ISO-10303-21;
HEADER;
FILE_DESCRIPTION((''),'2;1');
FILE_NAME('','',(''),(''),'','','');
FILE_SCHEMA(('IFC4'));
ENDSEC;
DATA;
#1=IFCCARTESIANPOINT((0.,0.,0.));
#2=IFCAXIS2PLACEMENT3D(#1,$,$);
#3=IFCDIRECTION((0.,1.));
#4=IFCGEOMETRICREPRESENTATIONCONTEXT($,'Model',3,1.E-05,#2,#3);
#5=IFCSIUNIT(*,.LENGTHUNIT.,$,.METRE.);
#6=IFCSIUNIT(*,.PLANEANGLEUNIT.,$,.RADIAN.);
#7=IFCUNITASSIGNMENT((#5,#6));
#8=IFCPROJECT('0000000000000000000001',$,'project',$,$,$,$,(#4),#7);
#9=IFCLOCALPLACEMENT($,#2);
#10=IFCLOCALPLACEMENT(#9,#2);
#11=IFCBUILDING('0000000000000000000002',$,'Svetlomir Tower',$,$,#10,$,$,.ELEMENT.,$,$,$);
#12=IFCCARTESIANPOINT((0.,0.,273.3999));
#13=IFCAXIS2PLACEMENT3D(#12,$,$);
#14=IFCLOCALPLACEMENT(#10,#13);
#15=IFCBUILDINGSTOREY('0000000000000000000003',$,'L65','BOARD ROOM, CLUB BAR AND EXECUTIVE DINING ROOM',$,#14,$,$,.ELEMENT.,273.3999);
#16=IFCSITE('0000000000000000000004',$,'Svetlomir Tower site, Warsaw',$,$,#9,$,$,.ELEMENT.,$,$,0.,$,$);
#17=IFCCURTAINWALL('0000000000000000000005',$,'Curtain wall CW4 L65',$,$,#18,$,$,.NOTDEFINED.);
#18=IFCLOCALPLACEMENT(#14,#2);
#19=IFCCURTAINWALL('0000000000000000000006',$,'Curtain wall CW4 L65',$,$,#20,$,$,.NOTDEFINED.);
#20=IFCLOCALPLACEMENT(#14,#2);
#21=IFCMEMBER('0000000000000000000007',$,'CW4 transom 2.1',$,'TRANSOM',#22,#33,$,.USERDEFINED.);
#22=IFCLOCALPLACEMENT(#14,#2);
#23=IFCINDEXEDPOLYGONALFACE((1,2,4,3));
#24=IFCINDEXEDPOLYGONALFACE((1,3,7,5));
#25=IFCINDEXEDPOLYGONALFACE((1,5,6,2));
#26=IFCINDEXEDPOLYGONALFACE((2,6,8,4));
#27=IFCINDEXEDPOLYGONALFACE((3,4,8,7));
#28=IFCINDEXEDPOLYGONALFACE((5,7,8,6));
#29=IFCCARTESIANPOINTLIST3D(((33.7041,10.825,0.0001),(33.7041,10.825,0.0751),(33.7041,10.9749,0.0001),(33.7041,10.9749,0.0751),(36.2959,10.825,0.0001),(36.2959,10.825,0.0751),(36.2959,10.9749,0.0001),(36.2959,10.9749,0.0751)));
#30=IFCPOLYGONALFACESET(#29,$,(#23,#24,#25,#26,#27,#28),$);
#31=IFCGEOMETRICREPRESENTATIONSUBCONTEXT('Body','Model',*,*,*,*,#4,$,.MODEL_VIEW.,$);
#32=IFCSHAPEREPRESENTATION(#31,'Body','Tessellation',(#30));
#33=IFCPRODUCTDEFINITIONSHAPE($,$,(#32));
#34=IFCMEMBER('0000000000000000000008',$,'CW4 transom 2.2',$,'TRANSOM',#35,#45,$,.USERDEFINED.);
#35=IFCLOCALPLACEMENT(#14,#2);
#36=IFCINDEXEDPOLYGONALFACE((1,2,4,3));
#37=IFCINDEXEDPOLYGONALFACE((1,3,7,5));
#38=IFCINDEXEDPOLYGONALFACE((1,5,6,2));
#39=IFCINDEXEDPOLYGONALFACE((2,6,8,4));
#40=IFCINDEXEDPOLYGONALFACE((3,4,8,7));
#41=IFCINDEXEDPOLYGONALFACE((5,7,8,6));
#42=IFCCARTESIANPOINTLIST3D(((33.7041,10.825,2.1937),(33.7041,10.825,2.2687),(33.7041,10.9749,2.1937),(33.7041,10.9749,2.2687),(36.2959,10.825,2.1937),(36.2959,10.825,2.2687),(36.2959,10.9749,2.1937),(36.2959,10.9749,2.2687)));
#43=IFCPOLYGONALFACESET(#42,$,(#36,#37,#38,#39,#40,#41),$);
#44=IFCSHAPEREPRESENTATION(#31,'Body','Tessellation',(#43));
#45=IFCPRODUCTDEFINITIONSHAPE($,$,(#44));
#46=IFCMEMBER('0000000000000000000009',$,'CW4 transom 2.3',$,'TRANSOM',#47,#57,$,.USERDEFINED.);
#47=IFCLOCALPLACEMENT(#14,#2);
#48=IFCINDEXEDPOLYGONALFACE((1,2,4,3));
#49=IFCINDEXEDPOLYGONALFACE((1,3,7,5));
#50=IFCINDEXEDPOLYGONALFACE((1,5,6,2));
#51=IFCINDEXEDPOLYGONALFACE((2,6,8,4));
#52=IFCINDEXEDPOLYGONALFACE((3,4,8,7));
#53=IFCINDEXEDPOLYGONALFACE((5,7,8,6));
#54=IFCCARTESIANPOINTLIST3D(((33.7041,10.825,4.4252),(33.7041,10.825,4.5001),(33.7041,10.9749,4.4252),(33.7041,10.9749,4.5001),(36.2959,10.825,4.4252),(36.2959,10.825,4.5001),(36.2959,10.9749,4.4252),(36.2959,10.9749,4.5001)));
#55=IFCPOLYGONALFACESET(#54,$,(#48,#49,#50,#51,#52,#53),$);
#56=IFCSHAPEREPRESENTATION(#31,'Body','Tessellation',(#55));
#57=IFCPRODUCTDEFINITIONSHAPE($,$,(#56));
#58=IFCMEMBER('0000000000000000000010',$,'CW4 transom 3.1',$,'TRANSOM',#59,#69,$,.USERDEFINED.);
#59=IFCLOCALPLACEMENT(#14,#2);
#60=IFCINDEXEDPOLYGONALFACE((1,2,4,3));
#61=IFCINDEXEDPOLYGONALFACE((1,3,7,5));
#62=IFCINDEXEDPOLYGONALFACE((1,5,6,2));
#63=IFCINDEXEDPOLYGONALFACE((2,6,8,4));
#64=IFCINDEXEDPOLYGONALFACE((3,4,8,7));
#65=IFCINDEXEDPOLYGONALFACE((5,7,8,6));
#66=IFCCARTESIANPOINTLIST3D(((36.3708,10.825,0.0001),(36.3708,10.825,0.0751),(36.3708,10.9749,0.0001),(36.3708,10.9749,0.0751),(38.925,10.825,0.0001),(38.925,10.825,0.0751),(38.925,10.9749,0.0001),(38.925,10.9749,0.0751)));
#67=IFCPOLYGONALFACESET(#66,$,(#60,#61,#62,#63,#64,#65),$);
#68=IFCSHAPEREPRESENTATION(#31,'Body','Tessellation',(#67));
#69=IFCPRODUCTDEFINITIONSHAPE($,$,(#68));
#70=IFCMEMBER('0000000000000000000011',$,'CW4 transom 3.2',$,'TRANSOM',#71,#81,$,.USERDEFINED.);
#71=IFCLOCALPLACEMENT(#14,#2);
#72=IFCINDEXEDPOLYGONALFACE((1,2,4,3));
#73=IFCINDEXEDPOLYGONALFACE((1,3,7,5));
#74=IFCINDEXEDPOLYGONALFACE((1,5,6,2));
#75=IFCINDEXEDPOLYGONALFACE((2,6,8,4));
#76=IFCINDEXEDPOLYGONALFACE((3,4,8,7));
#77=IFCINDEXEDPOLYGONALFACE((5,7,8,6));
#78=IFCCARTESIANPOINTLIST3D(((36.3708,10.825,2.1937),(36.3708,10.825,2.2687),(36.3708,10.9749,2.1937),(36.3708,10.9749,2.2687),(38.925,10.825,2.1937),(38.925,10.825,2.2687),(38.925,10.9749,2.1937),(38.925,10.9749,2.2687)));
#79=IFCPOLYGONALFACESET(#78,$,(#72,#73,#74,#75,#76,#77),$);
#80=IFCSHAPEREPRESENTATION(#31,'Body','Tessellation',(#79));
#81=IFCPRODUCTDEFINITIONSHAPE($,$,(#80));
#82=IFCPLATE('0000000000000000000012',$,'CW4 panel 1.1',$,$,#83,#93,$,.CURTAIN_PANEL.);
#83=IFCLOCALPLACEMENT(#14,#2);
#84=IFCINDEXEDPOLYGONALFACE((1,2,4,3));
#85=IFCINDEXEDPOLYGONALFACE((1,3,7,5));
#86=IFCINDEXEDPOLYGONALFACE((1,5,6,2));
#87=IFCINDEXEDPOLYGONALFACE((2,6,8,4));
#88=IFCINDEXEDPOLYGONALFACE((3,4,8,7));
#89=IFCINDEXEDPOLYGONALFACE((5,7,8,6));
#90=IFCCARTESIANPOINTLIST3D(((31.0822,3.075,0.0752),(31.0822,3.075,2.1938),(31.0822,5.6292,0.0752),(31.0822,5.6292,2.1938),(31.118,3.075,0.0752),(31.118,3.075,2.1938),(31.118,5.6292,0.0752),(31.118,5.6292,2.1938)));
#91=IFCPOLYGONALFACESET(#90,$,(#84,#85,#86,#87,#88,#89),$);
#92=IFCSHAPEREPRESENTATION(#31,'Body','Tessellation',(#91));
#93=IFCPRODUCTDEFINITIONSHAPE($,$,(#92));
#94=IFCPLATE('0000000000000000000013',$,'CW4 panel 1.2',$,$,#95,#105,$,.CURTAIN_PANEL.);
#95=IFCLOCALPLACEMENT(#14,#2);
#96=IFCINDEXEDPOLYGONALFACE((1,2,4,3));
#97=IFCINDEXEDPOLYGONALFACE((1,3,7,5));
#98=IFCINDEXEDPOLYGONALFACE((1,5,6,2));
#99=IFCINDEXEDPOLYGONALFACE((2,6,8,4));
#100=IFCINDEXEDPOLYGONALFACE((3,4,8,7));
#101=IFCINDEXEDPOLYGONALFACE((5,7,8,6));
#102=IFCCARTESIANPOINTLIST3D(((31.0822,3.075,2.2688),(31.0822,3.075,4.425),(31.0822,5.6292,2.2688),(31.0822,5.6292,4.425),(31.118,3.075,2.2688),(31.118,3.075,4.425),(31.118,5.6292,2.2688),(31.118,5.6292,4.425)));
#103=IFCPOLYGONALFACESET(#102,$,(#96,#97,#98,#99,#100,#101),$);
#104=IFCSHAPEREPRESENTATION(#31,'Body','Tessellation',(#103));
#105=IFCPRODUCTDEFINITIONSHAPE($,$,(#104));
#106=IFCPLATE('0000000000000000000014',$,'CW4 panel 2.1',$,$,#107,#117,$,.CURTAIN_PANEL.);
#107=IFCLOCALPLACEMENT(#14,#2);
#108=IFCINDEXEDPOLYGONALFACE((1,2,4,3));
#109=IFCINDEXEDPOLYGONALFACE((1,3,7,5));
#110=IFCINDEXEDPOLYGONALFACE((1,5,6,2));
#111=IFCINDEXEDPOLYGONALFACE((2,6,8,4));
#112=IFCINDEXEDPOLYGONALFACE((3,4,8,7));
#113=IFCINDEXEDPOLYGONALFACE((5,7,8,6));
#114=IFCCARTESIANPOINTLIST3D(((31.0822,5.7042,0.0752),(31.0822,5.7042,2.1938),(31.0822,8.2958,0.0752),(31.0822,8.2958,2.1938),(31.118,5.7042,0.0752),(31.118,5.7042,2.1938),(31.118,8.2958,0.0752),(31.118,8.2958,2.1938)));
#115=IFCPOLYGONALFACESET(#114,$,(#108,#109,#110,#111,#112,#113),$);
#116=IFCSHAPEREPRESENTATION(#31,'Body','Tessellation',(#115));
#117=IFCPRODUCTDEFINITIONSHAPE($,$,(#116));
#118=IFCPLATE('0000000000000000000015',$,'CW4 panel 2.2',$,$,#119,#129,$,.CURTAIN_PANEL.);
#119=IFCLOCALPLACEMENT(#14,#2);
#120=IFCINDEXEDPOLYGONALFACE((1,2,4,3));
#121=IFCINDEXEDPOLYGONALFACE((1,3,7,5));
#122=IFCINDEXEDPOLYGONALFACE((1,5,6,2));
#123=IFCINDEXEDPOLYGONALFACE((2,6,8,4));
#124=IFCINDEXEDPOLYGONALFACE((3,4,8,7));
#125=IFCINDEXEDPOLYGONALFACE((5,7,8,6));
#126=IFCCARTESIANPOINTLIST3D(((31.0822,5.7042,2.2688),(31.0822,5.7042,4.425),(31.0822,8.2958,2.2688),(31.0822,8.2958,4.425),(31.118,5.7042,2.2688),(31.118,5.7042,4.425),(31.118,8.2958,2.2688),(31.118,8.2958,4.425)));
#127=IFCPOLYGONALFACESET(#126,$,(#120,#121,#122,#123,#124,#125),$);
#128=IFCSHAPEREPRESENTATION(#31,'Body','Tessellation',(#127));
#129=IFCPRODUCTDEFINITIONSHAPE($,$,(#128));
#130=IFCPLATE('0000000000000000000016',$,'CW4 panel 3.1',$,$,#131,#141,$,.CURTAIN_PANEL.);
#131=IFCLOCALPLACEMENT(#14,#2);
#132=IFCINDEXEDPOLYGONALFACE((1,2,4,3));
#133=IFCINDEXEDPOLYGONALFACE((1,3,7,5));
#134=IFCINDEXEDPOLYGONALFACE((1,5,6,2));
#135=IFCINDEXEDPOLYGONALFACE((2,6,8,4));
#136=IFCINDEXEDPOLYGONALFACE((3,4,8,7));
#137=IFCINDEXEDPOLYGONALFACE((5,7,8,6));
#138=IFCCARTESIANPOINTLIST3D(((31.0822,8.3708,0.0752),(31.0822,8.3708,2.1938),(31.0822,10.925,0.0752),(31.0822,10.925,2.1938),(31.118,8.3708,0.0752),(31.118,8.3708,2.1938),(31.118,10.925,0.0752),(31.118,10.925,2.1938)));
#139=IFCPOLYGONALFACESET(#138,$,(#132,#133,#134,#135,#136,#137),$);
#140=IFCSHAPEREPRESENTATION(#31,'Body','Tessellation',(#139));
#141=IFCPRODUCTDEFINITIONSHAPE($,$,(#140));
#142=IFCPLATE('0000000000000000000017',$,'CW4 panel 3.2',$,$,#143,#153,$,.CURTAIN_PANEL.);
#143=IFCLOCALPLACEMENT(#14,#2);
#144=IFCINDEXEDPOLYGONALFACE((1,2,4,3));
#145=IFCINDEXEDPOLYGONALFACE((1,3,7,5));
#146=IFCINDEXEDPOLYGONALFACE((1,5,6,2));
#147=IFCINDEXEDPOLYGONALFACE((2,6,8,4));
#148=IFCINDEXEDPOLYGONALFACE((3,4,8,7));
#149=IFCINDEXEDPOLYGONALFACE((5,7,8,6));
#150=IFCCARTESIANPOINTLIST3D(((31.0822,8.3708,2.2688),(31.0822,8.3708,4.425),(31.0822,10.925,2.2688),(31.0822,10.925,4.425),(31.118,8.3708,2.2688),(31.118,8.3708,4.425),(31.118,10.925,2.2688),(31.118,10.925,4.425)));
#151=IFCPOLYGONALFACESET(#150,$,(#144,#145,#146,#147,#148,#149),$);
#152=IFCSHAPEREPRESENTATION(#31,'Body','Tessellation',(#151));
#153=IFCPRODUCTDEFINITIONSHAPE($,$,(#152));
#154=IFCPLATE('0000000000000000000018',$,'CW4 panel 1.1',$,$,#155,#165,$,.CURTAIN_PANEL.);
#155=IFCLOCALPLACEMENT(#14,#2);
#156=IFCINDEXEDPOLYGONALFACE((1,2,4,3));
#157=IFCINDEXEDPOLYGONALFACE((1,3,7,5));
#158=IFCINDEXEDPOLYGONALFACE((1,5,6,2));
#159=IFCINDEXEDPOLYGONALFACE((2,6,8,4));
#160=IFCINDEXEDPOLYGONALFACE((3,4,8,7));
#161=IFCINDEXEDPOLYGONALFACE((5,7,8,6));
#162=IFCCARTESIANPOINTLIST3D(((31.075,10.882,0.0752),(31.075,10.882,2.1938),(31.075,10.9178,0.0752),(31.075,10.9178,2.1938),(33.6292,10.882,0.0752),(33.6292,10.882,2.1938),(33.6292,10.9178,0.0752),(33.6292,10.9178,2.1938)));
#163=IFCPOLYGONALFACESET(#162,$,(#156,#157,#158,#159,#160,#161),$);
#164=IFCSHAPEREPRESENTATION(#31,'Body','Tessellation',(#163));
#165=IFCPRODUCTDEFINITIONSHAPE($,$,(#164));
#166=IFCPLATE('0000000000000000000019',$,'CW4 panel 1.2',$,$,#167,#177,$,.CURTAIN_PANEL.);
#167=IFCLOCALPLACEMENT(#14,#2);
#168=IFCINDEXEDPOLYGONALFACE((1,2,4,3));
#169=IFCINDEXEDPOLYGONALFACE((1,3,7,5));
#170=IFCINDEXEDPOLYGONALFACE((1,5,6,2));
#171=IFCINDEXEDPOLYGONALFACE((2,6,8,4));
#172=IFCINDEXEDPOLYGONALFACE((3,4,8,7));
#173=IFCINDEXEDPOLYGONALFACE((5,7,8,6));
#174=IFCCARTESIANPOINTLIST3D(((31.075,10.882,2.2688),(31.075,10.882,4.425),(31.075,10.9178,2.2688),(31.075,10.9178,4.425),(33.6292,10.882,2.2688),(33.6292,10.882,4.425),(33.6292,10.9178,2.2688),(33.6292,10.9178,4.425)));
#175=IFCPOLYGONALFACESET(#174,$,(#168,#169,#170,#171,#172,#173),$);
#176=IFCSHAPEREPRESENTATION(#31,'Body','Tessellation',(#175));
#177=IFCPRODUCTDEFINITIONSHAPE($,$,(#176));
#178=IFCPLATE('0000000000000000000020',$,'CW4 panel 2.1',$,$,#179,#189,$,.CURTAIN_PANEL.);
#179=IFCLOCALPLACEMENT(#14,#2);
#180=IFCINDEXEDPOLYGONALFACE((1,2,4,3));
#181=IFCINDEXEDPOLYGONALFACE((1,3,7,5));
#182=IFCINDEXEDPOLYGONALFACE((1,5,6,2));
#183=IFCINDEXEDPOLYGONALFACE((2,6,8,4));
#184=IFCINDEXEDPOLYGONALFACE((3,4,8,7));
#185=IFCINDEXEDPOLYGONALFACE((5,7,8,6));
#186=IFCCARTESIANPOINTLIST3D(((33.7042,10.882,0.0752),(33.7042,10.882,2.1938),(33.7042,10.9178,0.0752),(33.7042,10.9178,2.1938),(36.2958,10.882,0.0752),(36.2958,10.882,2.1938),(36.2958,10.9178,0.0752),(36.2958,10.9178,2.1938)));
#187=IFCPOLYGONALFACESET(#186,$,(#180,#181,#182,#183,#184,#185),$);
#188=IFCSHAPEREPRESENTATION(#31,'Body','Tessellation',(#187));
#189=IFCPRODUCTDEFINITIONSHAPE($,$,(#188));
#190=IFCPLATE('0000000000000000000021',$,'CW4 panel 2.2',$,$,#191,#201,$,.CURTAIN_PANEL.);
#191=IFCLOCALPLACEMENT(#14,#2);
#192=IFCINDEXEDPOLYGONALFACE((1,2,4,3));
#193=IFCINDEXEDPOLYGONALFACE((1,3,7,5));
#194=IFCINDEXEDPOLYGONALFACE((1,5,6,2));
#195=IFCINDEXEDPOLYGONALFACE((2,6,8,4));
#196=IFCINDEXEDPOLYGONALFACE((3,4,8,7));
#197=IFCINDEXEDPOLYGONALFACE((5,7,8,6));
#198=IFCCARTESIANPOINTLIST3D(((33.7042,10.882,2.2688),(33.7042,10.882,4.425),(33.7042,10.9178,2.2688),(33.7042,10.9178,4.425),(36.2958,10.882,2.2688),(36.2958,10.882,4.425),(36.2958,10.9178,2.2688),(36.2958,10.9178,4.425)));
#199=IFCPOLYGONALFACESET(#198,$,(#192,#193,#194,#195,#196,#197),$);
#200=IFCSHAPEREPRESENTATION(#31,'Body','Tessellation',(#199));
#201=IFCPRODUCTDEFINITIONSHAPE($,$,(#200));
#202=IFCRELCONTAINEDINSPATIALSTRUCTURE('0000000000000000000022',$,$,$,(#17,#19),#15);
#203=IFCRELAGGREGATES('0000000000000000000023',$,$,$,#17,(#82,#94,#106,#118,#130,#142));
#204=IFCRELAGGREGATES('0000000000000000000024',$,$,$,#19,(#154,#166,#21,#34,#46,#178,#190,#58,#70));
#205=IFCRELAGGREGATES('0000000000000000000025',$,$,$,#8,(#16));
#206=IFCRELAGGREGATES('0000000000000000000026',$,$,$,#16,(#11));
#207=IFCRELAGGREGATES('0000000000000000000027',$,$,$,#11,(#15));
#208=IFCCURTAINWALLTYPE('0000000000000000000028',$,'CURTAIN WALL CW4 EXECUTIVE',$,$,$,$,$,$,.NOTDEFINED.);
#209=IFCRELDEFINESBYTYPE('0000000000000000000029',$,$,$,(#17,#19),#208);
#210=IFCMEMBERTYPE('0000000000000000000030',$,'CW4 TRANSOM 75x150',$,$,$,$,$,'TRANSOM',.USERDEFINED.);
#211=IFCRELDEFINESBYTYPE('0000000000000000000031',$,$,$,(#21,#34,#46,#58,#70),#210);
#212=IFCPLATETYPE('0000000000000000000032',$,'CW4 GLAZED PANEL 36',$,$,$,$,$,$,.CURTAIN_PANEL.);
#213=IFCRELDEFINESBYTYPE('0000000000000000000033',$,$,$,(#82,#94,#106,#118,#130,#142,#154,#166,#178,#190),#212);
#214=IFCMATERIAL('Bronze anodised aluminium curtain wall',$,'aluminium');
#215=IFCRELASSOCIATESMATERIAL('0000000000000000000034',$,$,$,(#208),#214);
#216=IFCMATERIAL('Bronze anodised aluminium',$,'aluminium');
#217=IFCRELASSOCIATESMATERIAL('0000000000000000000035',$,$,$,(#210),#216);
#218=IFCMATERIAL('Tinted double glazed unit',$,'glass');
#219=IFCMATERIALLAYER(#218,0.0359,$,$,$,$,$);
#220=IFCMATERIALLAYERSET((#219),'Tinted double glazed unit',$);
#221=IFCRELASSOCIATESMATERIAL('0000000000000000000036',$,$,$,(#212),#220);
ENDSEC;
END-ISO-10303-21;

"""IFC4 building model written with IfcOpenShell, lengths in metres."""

from ifc_helpers import new_model, si_unit, direction, frame, origin, origin_2d, place, context, subcontext, project, spatial, rectangle, extrude, material, layer, layer_set, material_profile, profile_set, type_object, element, aggregate, save


model = new_model("IFC4")

# Units and contexts
model_context = context("Model", 3, precision=1e-05, world=origin(), true_north=direction((0.0, 1.0)))
body_context = subcontext(model_context, "Body", "Model", "MODEL_VIEW")
ifc_project = project(units=[si_unit("LENGTHUNIT", "METRE"), si_unit("PLANEANGLEUNIT", "RADIAN")], contexts=[model_context])

# Site, building, storey
site_placement = place(None, origin())
site = spatial("IfcSite", under=ifc_project, at=site_placement, Name="Svetlomir Tower site, Warsaw", CompositionType="ELEMENT", RefElevation=0.0)
building_placement = place(site_placement, origin())
building = spatial("IfcBuilding", under=site, at=building_placement, Name="Svetlomir Tower", CompositionType="ELEMENT")
storey_placement = place(building_placement, frame((0.0, 0.0, 273.3999)))
storey = spatial("IfcBuildingStorey", under=building, at=storey_placement, Name="L65", Description="BOARD ROOM, CLUB BAR AND EXECUTIVE DINING ROOM", CompositionType="ELEMENT", Elevation=273.3999)

# Curtain walls
ifc_material_1 = material(Name="Bronze anodised aluminium curtain wall", Category="aluminium")
curtain_wall_type = type_object("IfcCurtainWallType", Name="CURTAIN WALL CW4 EXECUTIVE", PredefinedType="NOTDEFINED", material=ifc_material_1)
curtain_wall_1_placement = place(storey_placement, origin())
curtain_wall_1 = element("IfcCurtainWall", 1, at=curtain_wall_1_placement, inside=storey, type_object=curtain_wall_type, Name="Curtain wall CW4 L65", PredefinedType="NOTDEFINED")
curtain_wall_2_placement = place(storey_placement, origin())
curtain_wall_2 = element("IfcCurtainWall", 2, at=curtain_wall_2_placement, inside=storey, type_object=curtain_wall_type, Name="Curtain wall CW4 L65", PredefinedType="NOTDEFINED")

# Members
ifc_material_2 = material(Name="Bronze anodised aluminium", Category="aluminium")
ifc_material_profile_1 = material_profile(ifc_material_2, rectangle(XDim=0.1499, YDim=0.075, at=origin_2d()), Name="AL 150x75")
ifc_profile_set_1 = profile_set([ifc_material_profile_1], Name="Bronze anodised aluminium 6063-T6")
member_type_1 = type_object("IfcMemberType", Name="CW4 TRANSOM 75x150", ElementType="TRANSOM", PredefinedType="USERDEFINED", material=ifc_profile_set_1)
member_1_placement = place(storey_placement, frame((33.7041, 10.8999, 0.0376), z_axis=(1.0, 0.0, 0.0), x_axis=(0.0, 1.0, 0.0)))
member_1 = element("IfcMember", 3, at=member_1_placement, type_object=member_type_1, Name="CW4 transom 2.1", ObjectType="TRANSOM", PredefinedType="USERDEFINED", context=body_context, shape_type="SweptSolid", body=[
    extrude(rectangle(XDim=0.1499, YDim=0.075, at=origin_2d()), origin(), (0.0, 0.0, 1.0), 2.5918),
])
member_2_placement = place(storey_placement, frame((33.7041, 10.8999, 2.2312), z_axis=(1.0, 0.0, 0.0), x_axis=(0.0, 1.0, 0.0)))
member_2 = element("IfcMember", 4, at=member_2_placement, type_object=member_type_1, Name="CW4 transom 2.2", ObjectType="TRANSOM", PredefinedType="USERDEFINED", context=body_context, shape_type="SweptSolid", body=[
    extrude(rectangle(XDim=0.1499, YDim=0.075, at=origin_2d()), origin(), (0.0, 0.0, 1.0), 2.5918),
])
member_3_placement = place(storey_placement, frame((33.7041, 10.8999, 4.4626), z_axis=(1.0, 0.0, 0.0), x_axis=(0.0, 1.0, 0.0)))
member_3 = element("IfcMember", 5, at=member_3_placement, type_object=member_type_1, Name="CW4 transom 2.3", ObjectType="TRANSOM", PredefinedType="USERDEFINED", context=body_context, shape_type="SweptSolid", body=[
    extrude(rectangle(XDim=0.1499, YDim=0.075, at=origin_2d()), origin(), (0.0, 0.0, 1.0), 2.5918),
])
member_4_placement = place(storey_placement, frame((36.3708, 10.8999, 0.0376), z_axis=(1.0, 0.0, 0.0), x_axis=(0.0, 1.0, 0.0)))
member_4 = element("IfcMember", 6, at=member_4_placement, type_object=member_type_1, Name="CW4 transom 3.1", ObjectType="TRANSOM", PredefinedType="USERDEFINED", context=body_context, shape_type="SweptSolid", body=[
    extrude(rectangle(XDim=0.1499, YDim=0.075, at=origin_2d()), origin(), (0.0, 0.0, 1.0), 2.5542),
])
member_5_placement = place(storey_placement, frame((36.3708, 10.8999, 2.2312), z_axis=(1.0, 0.0, 0.0), x_axis=(0.0, 1.0, 0.0)))
member_5 = element("IfcMember", 7, at=member_5_placement, type_object=member_type_1, Name="CW4 transom 3.2", ObjectType="TRANSOM", PredefinedType="USERDEFINED", context=body_context, shape_type="SweptSolid", body=[
    extrude(rectangle(XDim=0.1499, YDim=0.075, at=origin_2d()), origin(), (0.0, 0.0, 1.0), 2.5542),
])

# Plates
ifc_material_3 = material(Name="Tinted double glazed unit", Category="glass")
ifc_layer = layer(ifc_material_3, 0.0359)
ifc_layer_set = layer_set([ifc_layer], Name="Tinted double glazed unit")
plate_type = type_object("IfcPlateType", Name="CW4 GLAZED PANEL 36", PredefinedType="CURTAIN_PANEL", material=ifc_layer_set)
plate_1_placement = place(storey_placement, frame((31.1001, 4.3521, 0.0752), z_axis=(0.0, 0.0, 1.0), x_axis=(0.0, 1.0, 0.0)))
plate_1 = element("IfcPlate", 8, at=plate_1_placement, type_object=plate_type, Name="CW4 panel 1.1", PredefinedType="CURTAIN_PANEL", context=body_context, shape_type="SweptSolid", body=[
    extrude(rectangle(XDim=2.5542, YDim=0.0359, at=origin_2d()), origin(), (0.0, 0.0, 1.0), 2.1187),
])
plate_2_placement = place(storey_placement, frame((31.1001, 4.3521, 2.2688), z_axis=(0.0, 0.0, 1.0), x_axis=(0.0, 1.0, 0.0)))
plate_2 = element("IfcPlate", 9, at=plate_2_placement, type_object=plate_type, Name="CW4 panel 1.2", PredefinedType="CURTAIN_PANEL", context=body_context, shape_type="SweptSolid", body=[
    extrude(rectangle(XDim=2.5542, YDim=0.0359, at=origin_2d()), origin(), (0.0, 0.0, 1.0), 2.1562),
])
plate_3_placement = place(storey_placement, frame((31.1001, 7.0, 0.0752), z_axis=(0.0, 0.0, 1.0), x_axis=(0.0, 1.0, 0.0)))
plate_3 = element("IfcPlate", 10, at=plate_3_placement, type_object=plate_type, Name="CW4 panel 2.1", PredefinedType="CURTAIN_PANEL", context=body_context, shape_type="SweptSolid", body=[
    extrude(rectangle(XDim=2.5916, YDim=0.0359, at=origin_2d()), origin(), (0.0, 0.0, 1.0), 2.1187),
])
plate_4_placement = place(storey_placement, frame((31.1001, 7.0, 2.2688), z_axis=(0.0, 0.0, 1.0), x_axis=(0.0, 1.0, 0.0)))
plate_4 = element("IfcPlate", 11, at=plate_4_placement, type_object=plate_type, Name="CW4 panel 2.2", PredefinedType="CURTAIN_PANEL", context=body_context, shape_type="SweptSolid", body=[
    extrude(rectangle(XDim=2.5916, YDim=0.0359, at=origin_2d()), origin(), (0.0, 0.0, 1.0), 2.1562),
])
plate_5_placement = place(storey_placement, frame((31.1001, 9.6479, 0.0752), z_axis=(0.0, 0.0, 1.0), x_axis=(0.0, 1.0, 0.0)))
plate_5 = element("IfcPlate", 12, at=plate_5_placement, type_object=plate_type, Name="CW4 panel 3.1", PredefinedType="CURTAIN_PANEL", context=body_context, shape_type="SweptSolid", body=[
    extrude(rectangle(XDim=2.5542, YDim=0.0359, at=origin_2d()), origin(), (0.0, 0.0, 1.0), 2.1187),
])
plate_6_placement = place(storey_placement, frame((31.1001, 9.6479, 2.2688), z_axis=(0.0, 0.0, 1.0), x_axis=(0.0, 1.0, 0.0)))
plate_6 = element("IfcPlate", 13, at=plate_6_placement, type_object=plate_type, Name="CW4 panel 3.2", PredefinedType="CURTAIN_PANEL", context=body_context, shape_type="SweptSolid", body=[
    extrude(rectangle(XDim=2.5542, YDim=0.0359, at=origin_2d()), origin(), (0.0, 0.0, 1.0), 2.1562),
])
aggregate(curtain_wall_1, [plate_1, plate_2, plate_3, plate_4, plate_5, plate_6])
plate_7_placement = place(storey_placement, frame((32.3521, 10.8999, 0.0752), z_axis=(0.0, 0.0, 1.0), x_axis=(1.0, 0.0, 0.0)))
plate_7 = element("IfcPlate", 14, at=plate_7_placement, type_object=plate_type, Name="CW4 panel 1.1", PredefinedType="CURTAIN_PANEL", context=body_context, shape_type="SweptSolid", body=[
    extrude(rectangle(XDim=2.5542, YDim=0.0359, at=origin_2d()), origin(), (0.0, 0.0, 1.0), 2.1187),
])
plate_8_placement = place(storey_placement, frame((32.3521, 10.8999, 2.2688), z_axis=(0.0, 0.0, 1.0), x_axis=(1.0, 0.0, 0.0)))
plate_8 = element("IfcPlate", 15, at=plate_8_placement, type_object=plate_type, Name="CW4 panel 1.2", PredefinedType="CURTAIN_PANEL", context=body_context, shape_type="SweptSolid", body=[
    extrude(rectangle(XDim=2.5542, YDim=0.0359, at=origin_2d()), origin(), (0.0, 0.0, 1.0), 2.1562),
])
plate_9_placement = place(storey_placement, frame((35.0, 10.8999, 0.0752), z_axis=(0.0, 0.0, 1.0), x_axis=(1.0, 0.0, 0.0)))
plate_9 = element("IfcPlate", 16, at=plate_9_placement, type_object=plate_type, Name="CW4 panel 2.1", PredefinedType="CURTAIN_PANEL", context=body_context, shape_type="SweptSolid", body=[
    extrude(rectangle(XDim=2.5916, YDim=0.0359, at=origin_2d()), origin(), (0.0, 0.0, 1.0), 2.1187),
])
plate_10_placement = place(storey_placement, frame((35.0, 10.8999, 2.2688), z_axis=(0.0, 0.0, 1.0), x_axis=(1.0, 0.0, 0.0)))
plate_10 = element("IfcPlate", 17, at=plate_10_placement, type_object=plate_type, Name="CW4 panel 2.2", PredefinedType="CURTAIN_PANEL", context=body_context, shape_type="SweptSolid", body=[
    extrude(rectangle(XDim=2.5916, YDim=0.0359, at=origin_2d()), origin(), (0.0, 0.0, 1.0), 2.1562),
])
aggregate(curtain_wall_2, [plate_7, plate_8, member_1, member_2, member_3, plate_9, plate_10, member_4, member_5])

save(model, "model.ifc")
